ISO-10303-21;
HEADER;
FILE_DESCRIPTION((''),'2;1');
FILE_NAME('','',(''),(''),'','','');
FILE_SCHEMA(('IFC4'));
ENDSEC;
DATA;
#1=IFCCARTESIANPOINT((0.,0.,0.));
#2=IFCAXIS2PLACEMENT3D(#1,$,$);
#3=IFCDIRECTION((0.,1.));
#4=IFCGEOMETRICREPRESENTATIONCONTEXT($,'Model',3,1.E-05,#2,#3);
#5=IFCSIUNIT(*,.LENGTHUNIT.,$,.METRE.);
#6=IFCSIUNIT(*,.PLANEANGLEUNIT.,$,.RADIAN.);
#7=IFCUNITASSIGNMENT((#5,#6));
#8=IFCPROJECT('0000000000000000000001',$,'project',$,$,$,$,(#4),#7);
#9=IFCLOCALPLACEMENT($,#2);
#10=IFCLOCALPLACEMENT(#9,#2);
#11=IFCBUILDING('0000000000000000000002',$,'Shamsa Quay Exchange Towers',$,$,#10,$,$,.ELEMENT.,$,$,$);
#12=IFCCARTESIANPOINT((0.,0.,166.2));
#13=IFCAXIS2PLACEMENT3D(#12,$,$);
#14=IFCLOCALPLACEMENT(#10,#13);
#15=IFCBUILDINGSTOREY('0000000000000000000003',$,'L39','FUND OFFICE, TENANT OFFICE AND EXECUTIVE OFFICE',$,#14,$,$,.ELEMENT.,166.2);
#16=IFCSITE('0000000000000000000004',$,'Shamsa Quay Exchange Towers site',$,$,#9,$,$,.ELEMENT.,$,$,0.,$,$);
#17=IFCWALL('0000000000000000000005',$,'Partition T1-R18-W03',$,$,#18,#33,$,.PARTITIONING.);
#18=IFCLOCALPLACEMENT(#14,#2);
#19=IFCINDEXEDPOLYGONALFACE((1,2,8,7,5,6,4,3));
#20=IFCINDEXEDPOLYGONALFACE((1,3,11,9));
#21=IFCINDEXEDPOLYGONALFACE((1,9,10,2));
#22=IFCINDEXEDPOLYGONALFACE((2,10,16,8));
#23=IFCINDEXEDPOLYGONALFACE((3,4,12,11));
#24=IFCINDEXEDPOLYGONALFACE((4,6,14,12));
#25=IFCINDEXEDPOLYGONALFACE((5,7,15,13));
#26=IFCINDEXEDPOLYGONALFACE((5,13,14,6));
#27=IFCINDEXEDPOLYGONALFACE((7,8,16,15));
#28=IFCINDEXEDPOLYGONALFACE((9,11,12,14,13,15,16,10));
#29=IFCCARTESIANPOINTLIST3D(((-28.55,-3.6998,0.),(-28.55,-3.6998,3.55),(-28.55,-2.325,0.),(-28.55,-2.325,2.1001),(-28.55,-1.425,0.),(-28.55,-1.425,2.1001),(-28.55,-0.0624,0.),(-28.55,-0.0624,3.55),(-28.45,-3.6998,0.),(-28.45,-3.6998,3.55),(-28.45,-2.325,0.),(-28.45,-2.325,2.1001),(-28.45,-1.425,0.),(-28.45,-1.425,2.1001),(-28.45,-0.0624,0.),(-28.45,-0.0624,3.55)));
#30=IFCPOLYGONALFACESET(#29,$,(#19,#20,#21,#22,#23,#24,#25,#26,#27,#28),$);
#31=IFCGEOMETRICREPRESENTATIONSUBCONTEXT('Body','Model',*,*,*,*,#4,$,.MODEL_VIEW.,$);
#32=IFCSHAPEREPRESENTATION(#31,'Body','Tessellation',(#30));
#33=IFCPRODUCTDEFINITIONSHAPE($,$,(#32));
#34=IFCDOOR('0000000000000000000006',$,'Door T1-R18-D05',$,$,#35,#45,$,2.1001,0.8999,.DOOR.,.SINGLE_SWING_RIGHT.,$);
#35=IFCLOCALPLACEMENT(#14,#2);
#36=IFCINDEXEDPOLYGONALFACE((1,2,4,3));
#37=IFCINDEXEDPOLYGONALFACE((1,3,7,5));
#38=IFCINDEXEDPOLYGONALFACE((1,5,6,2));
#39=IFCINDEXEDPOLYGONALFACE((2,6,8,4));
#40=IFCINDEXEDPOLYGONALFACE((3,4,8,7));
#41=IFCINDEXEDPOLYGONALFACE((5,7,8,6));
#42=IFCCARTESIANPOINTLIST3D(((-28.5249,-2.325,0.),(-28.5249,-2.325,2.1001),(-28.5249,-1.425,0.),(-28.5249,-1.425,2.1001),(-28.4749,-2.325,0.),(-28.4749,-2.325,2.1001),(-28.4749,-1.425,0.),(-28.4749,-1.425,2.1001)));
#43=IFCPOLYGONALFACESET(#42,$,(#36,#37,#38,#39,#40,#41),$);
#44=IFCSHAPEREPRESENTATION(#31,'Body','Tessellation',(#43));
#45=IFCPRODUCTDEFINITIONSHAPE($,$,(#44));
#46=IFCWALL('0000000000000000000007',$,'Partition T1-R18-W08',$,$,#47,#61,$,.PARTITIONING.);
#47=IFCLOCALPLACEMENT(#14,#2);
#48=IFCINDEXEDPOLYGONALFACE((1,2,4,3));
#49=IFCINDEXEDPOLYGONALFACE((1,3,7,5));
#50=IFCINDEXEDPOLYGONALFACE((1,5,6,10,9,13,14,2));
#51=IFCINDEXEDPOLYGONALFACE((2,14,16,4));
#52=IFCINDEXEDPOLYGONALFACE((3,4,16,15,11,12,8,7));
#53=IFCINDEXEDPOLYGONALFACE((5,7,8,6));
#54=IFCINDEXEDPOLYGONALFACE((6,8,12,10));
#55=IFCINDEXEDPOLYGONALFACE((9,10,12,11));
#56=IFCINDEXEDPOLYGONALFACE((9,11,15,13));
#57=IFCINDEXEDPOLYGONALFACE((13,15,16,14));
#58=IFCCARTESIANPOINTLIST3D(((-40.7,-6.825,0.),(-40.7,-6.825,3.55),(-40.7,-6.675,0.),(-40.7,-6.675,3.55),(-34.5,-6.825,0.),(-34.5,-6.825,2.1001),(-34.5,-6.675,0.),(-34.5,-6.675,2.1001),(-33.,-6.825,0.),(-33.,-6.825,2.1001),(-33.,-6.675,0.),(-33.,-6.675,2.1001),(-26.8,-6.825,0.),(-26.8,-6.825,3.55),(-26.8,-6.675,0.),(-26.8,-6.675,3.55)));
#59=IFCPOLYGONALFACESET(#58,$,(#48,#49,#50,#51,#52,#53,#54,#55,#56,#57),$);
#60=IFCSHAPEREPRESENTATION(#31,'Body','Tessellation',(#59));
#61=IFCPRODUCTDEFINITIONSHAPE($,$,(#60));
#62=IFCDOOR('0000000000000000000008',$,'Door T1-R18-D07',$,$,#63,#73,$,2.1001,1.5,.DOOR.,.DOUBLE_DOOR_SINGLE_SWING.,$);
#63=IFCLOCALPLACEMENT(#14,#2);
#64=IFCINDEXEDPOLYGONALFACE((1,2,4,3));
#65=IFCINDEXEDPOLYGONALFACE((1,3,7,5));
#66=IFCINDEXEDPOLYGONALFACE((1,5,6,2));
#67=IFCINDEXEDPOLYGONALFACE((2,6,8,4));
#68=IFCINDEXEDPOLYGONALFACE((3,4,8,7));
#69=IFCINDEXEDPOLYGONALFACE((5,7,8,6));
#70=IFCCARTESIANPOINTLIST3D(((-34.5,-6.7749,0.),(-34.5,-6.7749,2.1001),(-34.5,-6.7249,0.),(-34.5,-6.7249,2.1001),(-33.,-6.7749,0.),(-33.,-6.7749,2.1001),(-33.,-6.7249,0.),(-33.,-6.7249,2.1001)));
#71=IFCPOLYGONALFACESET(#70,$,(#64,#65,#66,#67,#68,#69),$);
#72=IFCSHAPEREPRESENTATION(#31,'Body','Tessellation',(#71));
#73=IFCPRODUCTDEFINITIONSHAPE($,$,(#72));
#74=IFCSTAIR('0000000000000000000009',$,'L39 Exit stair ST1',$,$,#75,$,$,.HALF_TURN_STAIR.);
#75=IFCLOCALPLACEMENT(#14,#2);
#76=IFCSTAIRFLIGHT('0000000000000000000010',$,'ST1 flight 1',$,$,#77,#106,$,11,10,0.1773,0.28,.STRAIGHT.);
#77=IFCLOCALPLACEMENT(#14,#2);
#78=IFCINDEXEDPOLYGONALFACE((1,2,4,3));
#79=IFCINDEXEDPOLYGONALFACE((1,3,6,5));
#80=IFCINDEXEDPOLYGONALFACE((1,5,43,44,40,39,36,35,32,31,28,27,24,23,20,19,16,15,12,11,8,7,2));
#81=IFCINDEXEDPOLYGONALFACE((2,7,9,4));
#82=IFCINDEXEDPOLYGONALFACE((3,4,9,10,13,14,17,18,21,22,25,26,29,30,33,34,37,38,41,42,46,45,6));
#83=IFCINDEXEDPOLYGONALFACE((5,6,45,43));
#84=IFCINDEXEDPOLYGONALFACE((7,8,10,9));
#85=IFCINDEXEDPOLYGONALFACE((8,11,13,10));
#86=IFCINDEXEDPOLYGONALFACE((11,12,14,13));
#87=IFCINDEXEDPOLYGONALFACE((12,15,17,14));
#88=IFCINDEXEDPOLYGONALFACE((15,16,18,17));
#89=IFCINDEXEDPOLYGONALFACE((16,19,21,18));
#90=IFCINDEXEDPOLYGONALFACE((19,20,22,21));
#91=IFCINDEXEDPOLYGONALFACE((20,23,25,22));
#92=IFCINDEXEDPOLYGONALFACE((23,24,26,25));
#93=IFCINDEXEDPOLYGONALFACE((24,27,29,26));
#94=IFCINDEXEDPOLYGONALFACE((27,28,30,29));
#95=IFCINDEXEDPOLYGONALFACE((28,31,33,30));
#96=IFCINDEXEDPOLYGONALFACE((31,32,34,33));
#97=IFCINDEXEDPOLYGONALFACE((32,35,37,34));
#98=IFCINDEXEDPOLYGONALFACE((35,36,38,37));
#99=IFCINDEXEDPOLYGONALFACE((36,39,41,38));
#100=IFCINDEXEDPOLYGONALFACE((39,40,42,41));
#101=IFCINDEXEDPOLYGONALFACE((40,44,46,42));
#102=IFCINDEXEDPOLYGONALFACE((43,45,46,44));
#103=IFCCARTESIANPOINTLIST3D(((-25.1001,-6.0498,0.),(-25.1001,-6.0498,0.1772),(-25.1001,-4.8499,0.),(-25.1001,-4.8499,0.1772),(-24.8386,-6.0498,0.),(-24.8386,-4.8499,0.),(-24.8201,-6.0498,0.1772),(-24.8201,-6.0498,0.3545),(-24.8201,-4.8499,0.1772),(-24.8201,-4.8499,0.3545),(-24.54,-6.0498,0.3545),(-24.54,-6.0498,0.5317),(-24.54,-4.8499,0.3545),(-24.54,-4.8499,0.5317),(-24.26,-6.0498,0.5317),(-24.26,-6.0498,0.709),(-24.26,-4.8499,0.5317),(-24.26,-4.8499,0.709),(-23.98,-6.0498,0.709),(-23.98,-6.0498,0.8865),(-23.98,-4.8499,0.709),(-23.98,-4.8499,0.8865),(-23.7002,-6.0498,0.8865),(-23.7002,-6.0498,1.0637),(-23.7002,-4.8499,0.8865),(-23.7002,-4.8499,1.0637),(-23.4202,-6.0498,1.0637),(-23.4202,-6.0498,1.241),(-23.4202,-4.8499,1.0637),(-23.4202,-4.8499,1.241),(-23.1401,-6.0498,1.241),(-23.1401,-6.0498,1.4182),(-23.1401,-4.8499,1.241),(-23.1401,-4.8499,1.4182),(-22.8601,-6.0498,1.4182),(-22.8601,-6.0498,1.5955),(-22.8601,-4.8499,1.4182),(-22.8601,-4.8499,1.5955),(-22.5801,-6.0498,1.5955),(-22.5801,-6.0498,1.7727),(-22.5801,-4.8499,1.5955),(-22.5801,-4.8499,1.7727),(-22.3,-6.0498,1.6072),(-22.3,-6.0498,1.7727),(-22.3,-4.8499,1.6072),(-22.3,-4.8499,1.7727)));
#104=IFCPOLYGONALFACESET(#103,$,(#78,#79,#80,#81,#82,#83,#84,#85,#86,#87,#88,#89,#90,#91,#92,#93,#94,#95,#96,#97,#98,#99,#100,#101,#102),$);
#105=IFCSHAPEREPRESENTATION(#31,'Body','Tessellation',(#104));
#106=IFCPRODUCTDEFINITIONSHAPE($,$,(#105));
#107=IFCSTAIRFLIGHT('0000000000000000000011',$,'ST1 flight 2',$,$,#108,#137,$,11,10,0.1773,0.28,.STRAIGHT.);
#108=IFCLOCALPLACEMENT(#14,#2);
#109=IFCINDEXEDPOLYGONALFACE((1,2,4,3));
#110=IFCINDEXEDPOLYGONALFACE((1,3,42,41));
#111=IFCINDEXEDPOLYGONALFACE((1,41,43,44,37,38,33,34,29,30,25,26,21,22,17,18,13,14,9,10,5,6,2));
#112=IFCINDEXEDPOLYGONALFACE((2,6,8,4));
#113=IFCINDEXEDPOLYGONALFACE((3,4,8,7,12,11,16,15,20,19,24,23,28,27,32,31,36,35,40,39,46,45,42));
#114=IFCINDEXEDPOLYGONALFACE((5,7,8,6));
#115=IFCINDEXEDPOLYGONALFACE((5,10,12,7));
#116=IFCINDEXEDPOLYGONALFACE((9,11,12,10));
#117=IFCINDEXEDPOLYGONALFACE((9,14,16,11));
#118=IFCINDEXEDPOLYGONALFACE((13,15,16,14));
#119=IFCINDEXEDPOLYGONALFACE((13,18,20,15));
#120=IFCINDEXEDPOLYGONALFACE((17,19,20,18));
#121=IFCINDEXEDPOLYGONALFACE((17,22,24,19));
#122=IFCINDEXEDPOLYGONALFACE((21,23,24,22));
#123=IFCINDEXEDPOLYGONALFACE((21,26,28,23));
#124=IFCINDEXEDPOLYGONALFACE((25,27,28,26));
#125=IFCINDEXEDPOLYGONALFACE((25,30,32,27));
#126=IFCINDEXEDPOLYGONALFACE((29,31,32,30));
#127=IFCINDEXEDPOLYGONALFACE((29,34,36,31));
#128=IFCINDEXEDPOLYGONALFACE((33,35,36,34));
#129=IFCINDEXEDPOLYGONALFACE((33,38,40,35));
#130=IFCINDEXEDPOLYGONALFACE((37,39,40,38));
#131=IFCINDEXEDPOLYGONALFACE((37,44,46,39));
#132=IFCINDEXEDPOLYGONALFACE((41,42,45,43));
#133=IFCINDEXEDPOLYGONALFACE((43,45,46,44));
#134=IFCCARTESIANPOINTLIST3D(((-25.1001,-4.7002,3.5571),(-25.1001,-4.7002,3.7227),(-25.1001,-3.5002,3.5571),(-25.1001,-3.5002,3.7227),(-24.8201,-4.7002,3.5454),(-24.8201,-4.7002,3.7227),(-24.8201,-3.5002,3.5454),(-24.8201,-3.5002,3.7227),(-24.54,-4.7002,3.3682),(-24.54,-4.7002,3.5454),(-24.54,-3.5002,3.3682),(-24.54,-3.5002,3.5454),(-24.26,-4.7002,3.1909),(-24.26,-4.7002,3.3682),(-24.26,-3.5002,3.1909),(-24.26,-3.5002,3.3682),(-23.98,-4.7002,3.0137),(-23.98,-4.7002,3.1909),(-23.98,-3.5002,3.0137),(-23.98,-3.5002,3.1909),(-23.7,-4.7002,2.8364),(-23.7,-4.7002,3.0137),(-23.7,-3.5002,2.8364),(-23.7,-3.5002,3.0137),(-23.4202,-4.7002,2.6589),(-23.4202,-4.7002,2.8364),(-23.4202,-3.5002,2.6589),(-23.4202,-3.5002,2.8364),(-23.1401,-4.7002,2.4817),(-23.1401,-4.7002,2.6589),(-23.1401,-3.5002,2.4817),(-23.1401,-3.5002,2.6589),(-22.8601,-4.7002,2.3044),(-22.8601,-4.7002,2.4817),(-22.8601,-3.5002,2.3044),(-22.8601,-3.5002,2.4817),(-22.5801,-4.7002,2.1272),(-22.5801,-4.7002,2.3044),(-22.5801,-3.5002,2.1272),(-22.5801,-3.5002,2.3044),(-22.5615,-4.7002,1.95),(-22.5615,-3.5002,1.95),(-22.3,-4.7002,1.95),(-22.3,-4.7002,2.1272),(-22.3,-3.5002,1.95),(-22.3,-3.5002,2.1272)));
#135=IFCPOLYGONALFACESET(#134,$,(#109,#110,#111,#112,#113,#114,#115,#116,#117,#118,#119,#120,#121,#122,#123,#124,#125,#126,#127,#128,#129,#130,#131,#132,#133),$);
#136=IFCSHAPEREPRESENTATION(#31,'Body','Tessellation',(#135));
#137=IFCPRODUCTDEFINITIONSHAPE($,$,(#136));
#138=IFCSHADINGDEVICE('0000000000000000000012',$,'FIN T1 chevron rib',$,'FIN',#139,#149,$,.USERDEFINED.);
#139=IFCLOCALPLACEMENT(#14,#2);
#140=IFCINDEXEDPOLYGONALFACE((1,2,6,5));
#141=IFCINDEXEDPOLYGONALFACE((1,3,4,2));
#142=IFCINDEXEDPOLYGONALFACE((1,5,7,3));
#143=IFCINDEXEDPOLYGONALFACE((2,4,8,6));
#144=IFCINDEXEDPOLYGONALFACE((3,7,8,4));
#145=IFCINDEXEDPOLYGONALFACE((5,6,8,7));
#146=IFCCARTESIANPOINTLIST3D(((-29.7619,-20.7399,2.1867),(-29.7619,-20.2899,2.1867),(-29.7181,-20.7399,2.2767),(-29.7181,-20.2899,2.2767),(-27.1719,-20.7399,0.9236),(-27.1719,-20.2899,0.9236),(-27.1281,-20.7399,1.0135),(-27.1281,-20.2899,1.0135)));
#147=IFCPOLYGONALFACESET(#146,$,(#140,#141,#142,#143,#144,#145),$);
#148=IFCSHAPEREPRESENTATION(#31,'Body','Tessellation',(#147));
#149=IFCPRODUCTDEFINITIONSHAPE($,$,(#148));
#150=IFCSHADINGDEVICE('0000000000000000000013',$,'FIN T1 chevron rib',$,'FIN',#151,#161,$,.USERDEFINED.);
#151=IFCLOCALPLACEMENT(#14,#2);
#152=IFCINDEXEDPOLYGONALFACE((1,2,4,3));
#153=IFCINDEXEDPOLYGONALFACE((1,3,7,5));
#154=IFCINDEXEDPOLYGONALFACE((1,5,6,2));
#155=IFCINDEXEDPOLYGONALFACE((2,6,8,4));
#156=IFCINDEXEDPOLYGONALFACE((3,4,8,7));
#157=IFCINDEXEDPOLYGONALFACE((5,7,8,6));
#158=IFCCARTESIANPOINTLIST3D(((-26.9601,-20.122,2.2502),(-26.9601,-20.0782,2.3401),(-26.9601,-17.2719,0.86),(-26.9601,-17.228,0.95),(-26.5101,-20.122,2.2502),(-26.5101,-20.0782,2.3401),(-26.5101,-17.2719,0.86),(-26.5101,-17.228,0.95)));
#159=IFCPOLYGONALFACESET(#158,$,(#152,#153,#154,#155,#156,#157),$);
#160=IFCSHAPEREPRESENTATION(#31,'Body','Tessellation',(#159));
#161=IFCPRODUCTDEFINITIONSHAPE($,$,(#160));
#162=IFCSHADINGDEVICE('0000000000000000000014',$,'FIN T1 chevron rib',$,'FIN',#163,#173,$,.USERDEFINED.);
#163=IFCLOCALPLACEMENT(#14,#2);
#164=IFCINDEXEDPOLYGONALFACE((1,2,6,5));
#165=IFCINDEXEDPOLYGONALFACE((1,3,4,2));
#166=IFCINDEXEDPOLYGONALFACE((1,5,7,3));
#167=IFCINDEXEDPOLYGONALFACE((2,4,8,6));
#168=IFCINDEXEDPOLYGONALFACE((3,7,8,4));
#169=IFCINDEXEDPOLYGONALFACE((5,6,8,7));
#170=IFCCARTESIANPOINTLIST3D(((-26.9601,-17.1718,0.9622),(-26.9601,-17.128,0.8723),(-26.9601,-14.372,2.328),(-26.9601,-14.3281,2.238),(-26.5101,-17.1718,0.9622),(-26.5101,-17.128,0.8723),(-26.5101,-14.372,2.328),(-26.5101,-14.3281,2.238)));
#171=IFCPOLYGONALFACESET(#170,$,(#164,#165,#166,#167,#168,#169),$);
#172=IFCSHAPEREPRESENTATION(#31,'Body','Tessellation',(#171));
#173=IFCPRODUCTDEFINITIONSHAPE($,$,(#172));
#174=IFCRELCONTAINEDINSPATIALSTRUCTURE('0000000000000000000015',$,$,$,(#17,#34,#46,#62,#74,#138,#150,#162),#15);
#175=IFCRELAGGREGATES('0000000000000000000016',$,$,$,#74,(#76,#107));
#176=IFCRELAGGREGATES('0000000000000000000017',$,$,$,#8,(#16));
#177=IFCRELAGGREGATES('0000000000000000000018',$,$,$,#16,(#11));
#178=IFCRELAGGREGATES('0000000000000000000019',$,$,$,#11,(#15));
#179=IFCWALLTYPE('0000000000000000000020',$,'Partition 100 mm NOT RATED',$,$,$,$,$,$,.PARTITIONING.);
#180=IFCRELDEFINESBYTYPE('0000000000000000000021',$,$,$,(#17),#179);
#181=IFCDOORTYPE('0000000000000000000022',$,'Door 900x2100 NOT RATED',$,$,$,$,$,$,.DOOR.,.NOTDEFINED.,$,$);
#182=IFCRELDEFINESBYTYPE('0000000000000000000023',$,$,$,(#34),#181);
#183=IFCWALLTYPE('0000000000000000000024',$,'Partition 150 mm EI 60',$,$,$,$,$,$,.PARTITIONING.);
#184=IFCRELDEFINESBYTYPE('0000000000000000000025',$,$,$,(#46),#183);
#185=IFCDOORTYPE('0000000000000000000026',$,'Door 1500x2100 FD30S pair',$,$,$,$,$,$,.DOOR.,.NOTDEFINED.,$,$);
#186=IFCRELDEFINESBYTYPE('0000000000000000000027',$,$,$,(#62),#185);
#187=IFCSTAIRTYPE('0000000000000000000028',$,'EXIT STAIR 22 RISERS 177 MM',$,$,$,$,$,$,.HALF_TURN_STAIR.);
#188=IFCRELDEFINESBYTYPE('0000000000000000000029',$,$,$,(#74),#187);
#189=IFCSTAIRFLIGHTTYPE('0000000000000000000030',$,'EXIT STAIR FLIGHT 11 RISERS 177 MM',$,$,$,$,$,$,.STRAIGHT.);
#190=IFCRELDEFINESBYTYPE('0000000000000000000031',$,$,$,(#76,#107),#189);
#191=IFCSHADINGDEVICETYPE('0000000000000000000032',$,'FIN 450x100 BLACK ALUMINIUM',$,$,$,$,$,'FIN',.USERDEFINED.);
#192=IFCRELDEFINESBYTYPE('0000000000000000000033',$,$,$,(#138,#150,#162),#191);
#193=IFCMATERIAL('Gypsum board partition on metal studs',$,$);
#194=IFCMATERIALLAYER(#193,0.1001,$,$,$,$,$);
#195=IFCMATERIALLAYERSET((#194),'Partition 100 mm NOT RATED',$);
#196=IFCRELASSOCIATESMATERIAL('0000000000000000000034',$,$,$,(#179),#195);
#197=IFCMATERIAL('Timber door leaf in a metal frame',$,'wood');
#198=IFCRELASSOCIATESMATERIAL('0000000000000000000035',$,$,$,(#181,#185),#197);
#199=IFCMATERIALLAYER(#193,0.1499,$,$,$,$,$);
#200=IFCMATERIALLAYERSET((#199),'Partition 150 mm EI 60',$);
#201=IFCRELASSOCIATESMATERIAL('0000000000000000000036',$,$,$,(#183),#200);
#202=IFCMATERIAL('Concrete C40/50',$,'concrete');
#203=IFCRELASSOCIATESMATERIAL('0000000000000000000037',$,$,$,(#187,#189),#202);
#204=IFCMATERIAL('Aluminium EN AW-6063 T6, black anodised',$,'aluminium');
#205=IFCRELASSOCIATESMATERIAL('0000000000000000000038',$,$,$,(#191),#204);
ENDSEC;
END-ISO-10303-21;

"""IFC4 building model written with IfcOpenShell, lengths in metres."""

from ifc_helpers import new_model, si_unit, direction, frame, frame_2d, origin, origin_2d, place, context, subcontext, project, spatial, polyline, rectangle, outline, extrude, material, layer, layer_set, material_profile, profile_set, type_object, element, fill, aggregate, save


model = new_model("IFC4")

# Units and contexts
model_context = context("Model", 3, precision=1e-05, world=origin(), true_north=direction((0.0, 1.0)))
body_context = subcontext(model_context, "Body", "Model", "MODEL_VIEW")
ifc_project = project(units=[si_unit("LENGTHUNIT", "METRE"), si_unit("PLANEANGLEUNIT", "RADIAN")], contexts=[model_context])

# Site, building, storey
site_placement = place(None, origin())
site = spatial("IfcSite", under=ifc_project, at=site_placement, Name="Shamsa Quay Exchange Towers site", CompositionType="ELEMENT", RefElevation=0.0)
building_placement = place(site_placement, origin())
building = spatial("IfcBuilding", under=site, at=building_placement, Name="Shamsa Quay Exchange Towers", CompositionType="ELEMENT")
storey_placement = place(building_placement, frame((0.0, 0.0, 166.2)))
storey = spatial("IfcBuildingStorey", under=building, at=storey_placement, Name="L39", Description="FUND OFFICE, TENANT OFFICE AND EXECUTIVE OFFICE", CompositionType="ELEMENT", Elevation=166.2)

# Shared definitions
ifc_material_1 = material(Name="Aluminium EN AW-6063 T6, black anodised", Category="aluminium")

# Walls, openings, doors
ifc_material_2 = material(Name="Gypsum board partition on metal studs")
ifc_layer_1 = layer(ifc_material_2, 0.1001)
ifc_layer_set_1 = layer_set([ifc_layer_1], Name="Partition 100 mm NOT RATED")
wall_type_1 = type_object("IfcWallType", Name="Partition 100 mm NOT RATED", PredefinedType="PARTITIONING", material=ifc_layer_set_1)
wall_1_placement = place(storey_placement, frame((-28.5, -3.7, 0.0), z_axis=(0.0, 0.0, 1.0), x_axis=(0.0, 1.0, 0.0)))
wall_1 = element("IfcWall", 1, at=wall_1_placement, inside=storey, type_object=wall_type_1, Name="Partition T1-R18-W03", PredefinedType="PARTITIONING", context=body_context, shape_type="SweptSolid", body=[
    extrude(rectangle(XDim=3.6375, YDim=0.1001, at=frame_2d((1.8188, 0.0))), origin(), (0.0, 0.0, 1.0), 3.55),
])
opening_1_placement = place(wall_1_placement, frame((1.375, 0.0, 0.0)))
opening_1 = element("IfcOpeningElement", 2, at=opening_1_placement, cuts=wall_1, PredefinedType="OPENING", context=body_context, shape_type="SweptSolid", body=[
    extrude(rectangle(XDim=0.8999, YDim=2.1001, at=frame_2d((0.45, 1.05))), frame((0.0, 0.0601, 0.0), z_axis=(0.0, -1.0, 0.0), x_axis=(1.0, 0.0, 0.0)), (0.0, 0.0, 1.0), 0.1201),
])
ifc_material_3 = material(Name="Timber door leaf in a metal frame", Category="wood")
door_type_1 = type_object("IfcDoorType", Name="Door 900x2100 NOT RATED", OperationType="NOTDEFINED", PredefinedType="DOOR", material=ifc_material_3)
door_1_placement = place(opening_1_placement, origin())
door_1 = element("IfcDoor", 3, at=door_1_placement, inside=storey, type_object=door_type_1, Name="Door T1-R18-D05", OperationType="SINGLE_SWING_RIGHT", OverallHeight=2.1001, OverallWidth=0.8999, PredefinedType="DOOR", context=body_context, shape_type="SweptSolid", body=[
    extrude(rectangle(XDim=0.8999, YDim=2.1001, at=frame_2d((0.45, 1.05))), frame((0.0, 0.0249, 0.0), z_axis=(0.0, -1.0, 0.0), x_axis=(1.0, 0.0, 0.0)), (0.0, 0.0, 1.0), 0.05),
])
fill(opening_1, door_1)
ifc_layer_2 = layer(ifc_material_2, 0.1499)
ifc_layer_set_2 = layer_set([ifc_layer_2], Name="Partition 150 mm EI 60")
wall_type_2 = type_object("IfcWallType", Name="Partition 150 mm EI 60", PredefinedType="PARTITIONING", material=ifc_layer_set_2)
wall_2_placement = place(storey_placement, frame((-26.8, -6.75, 0.0), z_axis=(0.0, 0.0, 1.0), x_axis=(-1.0, 0.0, 0.0)))
wall_2 = element("IfcWall", 4, at=wall_2_placement, inside=storey, type_object=wall_type_2, Name="Partition T1-R18-W08", PredefinedType="PARTITIONING", context=body_context, shape_type="SweptSolid", body=[
    extrude(rectangle(XDim=13.8999, YDim=0.1499, at=frame_2d((6.95, 0.0))), origin(), (0.0, 0.0, 1.0), 3.55),
])
opening_2_placement = place(wall_2_placement, frame((6.2, 0.0, 0.0)))
opening_2 = element("IfcOpeningElement", 5, at=opening_2_placement, cuts=wall_2, PredefinedType="OPENING", context=body_context, shape_type="SweptSolid", body=[
    extrude(rectangle(XDim=1.5, YDim=2.1001, at=frame_2d((0.75, 1.05))), frame((0.0, 0.085, 0.0), z_axis=(0.0, -1.0, 0.0), x_axis=(1.0, 0.0, 0.0)), (0.0, 0.0, 1.0), 0.1699),
])
door_type_2 = type_object("IfcDoorType", Name="Door 1500x2100 FD30S pair", OperationType="NOTDEFINED", PredefinedType="DOOR", material=ifc_material_3)
door_2_placement = place(opening_2_placement, origin())
door_2 = element("IfcDoor", 6, at=door_2_placement, inside=storey, type_object=door_type_2, Name="Door T1-R18-D07", OperationType="DOUBLE_DOOR_SINGLE_SWING", OverallHeight=2.1001, OverallWidth=1.5, PredefinedType="DOOR", context=body_context, shape_type="SweptSolid", body=[
    extrude(rectangle(XDim=1.5, YDim=2.1001, at=frame_2d((0.75, 1.05))), frame((0.0, 0.0249, 0.0), z_axis=(0.0, -1.0, 0.0), x_axis=(1.0, 0.0, 0.0)), (0.0, 0.0, 1.0), 0.05),
])
fill(opening_2, door_2)

# Stair, stair flights
ifc_material_4 = material(Name="Concrete C40/50", Category="concrete")
stair_type = type_object("IfcStairType", Name="EXIT STAIR 22 RISERS 177 MM", PredefinedType="HALF_TURN_STAIR", material=ifc_material_4)
stair_placement = place(storey_placement, origin())
stair = element("IfcStair", 7, at=stair_placement, inside=storey, type_object=stair_type, Name="L39 Exit stair ST1", PredefinedType="HALF_TURN_STAIR")
stair_flight_type = type_object("IfcStairFlightType", Name="EXIT STAIR FLIGHT 11 RISERS 177 MM", PredefinedType="STRAIGHT", material=ifc_material_4)
stair_flight_1_placement = place(storey_placement, frame((-25.1001, -5.45, 0.0)))
stair_flight_1 = element("IfcStairFlight", 8, at=stair_flight_1_placement, type_object=stair_flight_type, Name="ST1 flight 1", NumberOfRisers=11, NumberOfTreads=10, PredefinedType="STRAIGHT", RiserHeight=0.1773, TreadLength=0.28, context=body_context, shape_type="SweptSolid", body=[
    extrude(outline(polyline([(0.0, 0.0), (0.0, 0.1772), (0.28, 0.1772), (0.28, 0.3545), (0.5601, 0.3545), (0.5601, 0.5317), (0.8401, 0.5317), (0.8401, 0.709), (1.1201, 0.709), (1.1201, 0.8865), (1.3999, 0.8865), (1.3999, 1.0637), (1.6799, 1.0637), (1.6799, 1.241), (1.96, 1.241), (1.96, 1.4182), (2.24, 1.4182), (2.24, 1.5955), (2.52, 1.5955), (2.52, 1.7727), (2.8, 1.7727), (2.8, 1.95), (2.8, 1.6072), (0.2615, 0.0), (0.0, 0.0)])), frame((0.0, 0.6001, 0.0), z_axis=(0.0, -1.0, 0.0), x_axis=(1.0, 0.0, 0.0)), (0.0, 0.0, 1.0), 1.2),
])
stair_flight_2_placement = place(storey_placement, frame((-22.3, -4.1001, 1.95), z_axis=(0.0, 0.0, 1.0), x_axis=(-1.0, 0.0, 0.0)))
stair_flight_2 = element("IfcStairFlight", 9, at=stair_flight_2_placement, type_object=stair_flight_type, Name="ST1 flight 2", NumberOfRisers=11, NumberOfTreads=10, PredefinedType="STRAIGHT", RiserHeight=0.1773, TreadLength=0.28, context=body_context, shape_type="SweptSolid", body=[
    extrude(outline(polyline([(0.0, 0.0), (0.0, 0.1772), (0.28, 0.1772), (0.28, 0.3545), (0.5601, 0.3545), (0.5601, 0.5317), (0.8401, 0.5317), (0.8401, 0.709), (1.1201, 0.709), (1.1201, 0.8865), (1.3999, 0.8865), (1.3999, 1.0637), (1.6799, 1.0637), (1.6799, 1.241), (1.96, 1.241), (1.96, 1.4182), (2.24, 1.4182), (2.24, 1.5955), (2.52, 1.5955), (2.52, 1.7727), (2.8, 1.7727), (2.8, 1.95), (2.8, 1.6072), (0.2615, 0.0), (0.0, 0.0)])), frame((0.0, 0.6001, 0.0), z_axis=(0.0, -1.0, 0.0), x_axis=(1.0, 0.0, 0.0)), (0.0, 0.0, 1.0), 1.2),
])
aggregate(stair, [stair_flight_1, stair_flight_2])

# Shading devices
ifc_material_profile_1 = material_profile(ifc_material_1, rectangle(XDim=0.45, YDim=0.1001, at=origin_2d()), Name="FIN450x100")
ifc_profile_set_1 = profile_set([ifc_material_profile_1], Name="Aluminium EN AW-6063 T6, black anodised")
shading_device_type = type_object("IfcShadingDeviceType", Name="FIN 450x100 BLACK ALUMINIUM", ElementType="FIN", PredefinedType="USERDEFINED", material=ifc_profile_set_1)
shading_device_1_placement = place(storey_placement, frame((-29.74, -20.5149, 2.2317), z_axis=(0.898806, 0.0, -0.438347), x_axis=(0.0, 1.0, 0.0)))
element("IfcShadingDevice", 10, at=shading_device_1_placement, inside=storey, type_object=shading_device_type, Name="FIN T1 chevron rib", ObjectType="FIN", PredefinedType="USERDEFINED", context=body_context, shape_type="SweptSolid", body=[
    extrude(rectangle(XDim=0.45, YDim=0.1001, at=origin_2d()), origin(), (0.0, 0.0, 1.0), 2.8816),
])
shading_device_2_placement = place(storey_placement, frame((-26.7351, -20.1001, 2.2952), z_axis=(0.0, 0.898788, -0.438384), x_axis=(-1.0, 0.0, 0.0)))
element("IfcShadingDevice", 11, at=shading_device_2_placement, inside=storey, type_object=shading_device_type, Name="FIN T1 chevron rib", ObjectType="FIN", PredefinedType="USERDEFINED", context=body_context, shape_type="SweptSolid", body=[
    extrude(rectangle(XDim=0.45, YDim=0.1001, at=origin_2d()), origin(), (0.0, 0.0, 1.0), 3.1711),
])
shading_device_3_placement = place(storey_placement, frame((-26.7351, -17.1499, 0.9172), z_axis=(0.0, 0.898773, 0.438414), x_axis=(-1.0, 0.0, 0.0)))
element("IfcShadingDevice", 12, at=shading_device_3_placement, inside=storey, type_object=shading_device_type, Name="FIN T1 chevron rib", ObjectType="FIN", PredefinedType="USERDEFINED", context=body_context, shape_type="SweptSolid", body=[
    extrude(rectangle(XDim=0.45, YDim=0.1001, at=origin_2d()), origin(), (0.0, 0.0, 1.0), 3.1152),
])

save(model, "model.ifc")
